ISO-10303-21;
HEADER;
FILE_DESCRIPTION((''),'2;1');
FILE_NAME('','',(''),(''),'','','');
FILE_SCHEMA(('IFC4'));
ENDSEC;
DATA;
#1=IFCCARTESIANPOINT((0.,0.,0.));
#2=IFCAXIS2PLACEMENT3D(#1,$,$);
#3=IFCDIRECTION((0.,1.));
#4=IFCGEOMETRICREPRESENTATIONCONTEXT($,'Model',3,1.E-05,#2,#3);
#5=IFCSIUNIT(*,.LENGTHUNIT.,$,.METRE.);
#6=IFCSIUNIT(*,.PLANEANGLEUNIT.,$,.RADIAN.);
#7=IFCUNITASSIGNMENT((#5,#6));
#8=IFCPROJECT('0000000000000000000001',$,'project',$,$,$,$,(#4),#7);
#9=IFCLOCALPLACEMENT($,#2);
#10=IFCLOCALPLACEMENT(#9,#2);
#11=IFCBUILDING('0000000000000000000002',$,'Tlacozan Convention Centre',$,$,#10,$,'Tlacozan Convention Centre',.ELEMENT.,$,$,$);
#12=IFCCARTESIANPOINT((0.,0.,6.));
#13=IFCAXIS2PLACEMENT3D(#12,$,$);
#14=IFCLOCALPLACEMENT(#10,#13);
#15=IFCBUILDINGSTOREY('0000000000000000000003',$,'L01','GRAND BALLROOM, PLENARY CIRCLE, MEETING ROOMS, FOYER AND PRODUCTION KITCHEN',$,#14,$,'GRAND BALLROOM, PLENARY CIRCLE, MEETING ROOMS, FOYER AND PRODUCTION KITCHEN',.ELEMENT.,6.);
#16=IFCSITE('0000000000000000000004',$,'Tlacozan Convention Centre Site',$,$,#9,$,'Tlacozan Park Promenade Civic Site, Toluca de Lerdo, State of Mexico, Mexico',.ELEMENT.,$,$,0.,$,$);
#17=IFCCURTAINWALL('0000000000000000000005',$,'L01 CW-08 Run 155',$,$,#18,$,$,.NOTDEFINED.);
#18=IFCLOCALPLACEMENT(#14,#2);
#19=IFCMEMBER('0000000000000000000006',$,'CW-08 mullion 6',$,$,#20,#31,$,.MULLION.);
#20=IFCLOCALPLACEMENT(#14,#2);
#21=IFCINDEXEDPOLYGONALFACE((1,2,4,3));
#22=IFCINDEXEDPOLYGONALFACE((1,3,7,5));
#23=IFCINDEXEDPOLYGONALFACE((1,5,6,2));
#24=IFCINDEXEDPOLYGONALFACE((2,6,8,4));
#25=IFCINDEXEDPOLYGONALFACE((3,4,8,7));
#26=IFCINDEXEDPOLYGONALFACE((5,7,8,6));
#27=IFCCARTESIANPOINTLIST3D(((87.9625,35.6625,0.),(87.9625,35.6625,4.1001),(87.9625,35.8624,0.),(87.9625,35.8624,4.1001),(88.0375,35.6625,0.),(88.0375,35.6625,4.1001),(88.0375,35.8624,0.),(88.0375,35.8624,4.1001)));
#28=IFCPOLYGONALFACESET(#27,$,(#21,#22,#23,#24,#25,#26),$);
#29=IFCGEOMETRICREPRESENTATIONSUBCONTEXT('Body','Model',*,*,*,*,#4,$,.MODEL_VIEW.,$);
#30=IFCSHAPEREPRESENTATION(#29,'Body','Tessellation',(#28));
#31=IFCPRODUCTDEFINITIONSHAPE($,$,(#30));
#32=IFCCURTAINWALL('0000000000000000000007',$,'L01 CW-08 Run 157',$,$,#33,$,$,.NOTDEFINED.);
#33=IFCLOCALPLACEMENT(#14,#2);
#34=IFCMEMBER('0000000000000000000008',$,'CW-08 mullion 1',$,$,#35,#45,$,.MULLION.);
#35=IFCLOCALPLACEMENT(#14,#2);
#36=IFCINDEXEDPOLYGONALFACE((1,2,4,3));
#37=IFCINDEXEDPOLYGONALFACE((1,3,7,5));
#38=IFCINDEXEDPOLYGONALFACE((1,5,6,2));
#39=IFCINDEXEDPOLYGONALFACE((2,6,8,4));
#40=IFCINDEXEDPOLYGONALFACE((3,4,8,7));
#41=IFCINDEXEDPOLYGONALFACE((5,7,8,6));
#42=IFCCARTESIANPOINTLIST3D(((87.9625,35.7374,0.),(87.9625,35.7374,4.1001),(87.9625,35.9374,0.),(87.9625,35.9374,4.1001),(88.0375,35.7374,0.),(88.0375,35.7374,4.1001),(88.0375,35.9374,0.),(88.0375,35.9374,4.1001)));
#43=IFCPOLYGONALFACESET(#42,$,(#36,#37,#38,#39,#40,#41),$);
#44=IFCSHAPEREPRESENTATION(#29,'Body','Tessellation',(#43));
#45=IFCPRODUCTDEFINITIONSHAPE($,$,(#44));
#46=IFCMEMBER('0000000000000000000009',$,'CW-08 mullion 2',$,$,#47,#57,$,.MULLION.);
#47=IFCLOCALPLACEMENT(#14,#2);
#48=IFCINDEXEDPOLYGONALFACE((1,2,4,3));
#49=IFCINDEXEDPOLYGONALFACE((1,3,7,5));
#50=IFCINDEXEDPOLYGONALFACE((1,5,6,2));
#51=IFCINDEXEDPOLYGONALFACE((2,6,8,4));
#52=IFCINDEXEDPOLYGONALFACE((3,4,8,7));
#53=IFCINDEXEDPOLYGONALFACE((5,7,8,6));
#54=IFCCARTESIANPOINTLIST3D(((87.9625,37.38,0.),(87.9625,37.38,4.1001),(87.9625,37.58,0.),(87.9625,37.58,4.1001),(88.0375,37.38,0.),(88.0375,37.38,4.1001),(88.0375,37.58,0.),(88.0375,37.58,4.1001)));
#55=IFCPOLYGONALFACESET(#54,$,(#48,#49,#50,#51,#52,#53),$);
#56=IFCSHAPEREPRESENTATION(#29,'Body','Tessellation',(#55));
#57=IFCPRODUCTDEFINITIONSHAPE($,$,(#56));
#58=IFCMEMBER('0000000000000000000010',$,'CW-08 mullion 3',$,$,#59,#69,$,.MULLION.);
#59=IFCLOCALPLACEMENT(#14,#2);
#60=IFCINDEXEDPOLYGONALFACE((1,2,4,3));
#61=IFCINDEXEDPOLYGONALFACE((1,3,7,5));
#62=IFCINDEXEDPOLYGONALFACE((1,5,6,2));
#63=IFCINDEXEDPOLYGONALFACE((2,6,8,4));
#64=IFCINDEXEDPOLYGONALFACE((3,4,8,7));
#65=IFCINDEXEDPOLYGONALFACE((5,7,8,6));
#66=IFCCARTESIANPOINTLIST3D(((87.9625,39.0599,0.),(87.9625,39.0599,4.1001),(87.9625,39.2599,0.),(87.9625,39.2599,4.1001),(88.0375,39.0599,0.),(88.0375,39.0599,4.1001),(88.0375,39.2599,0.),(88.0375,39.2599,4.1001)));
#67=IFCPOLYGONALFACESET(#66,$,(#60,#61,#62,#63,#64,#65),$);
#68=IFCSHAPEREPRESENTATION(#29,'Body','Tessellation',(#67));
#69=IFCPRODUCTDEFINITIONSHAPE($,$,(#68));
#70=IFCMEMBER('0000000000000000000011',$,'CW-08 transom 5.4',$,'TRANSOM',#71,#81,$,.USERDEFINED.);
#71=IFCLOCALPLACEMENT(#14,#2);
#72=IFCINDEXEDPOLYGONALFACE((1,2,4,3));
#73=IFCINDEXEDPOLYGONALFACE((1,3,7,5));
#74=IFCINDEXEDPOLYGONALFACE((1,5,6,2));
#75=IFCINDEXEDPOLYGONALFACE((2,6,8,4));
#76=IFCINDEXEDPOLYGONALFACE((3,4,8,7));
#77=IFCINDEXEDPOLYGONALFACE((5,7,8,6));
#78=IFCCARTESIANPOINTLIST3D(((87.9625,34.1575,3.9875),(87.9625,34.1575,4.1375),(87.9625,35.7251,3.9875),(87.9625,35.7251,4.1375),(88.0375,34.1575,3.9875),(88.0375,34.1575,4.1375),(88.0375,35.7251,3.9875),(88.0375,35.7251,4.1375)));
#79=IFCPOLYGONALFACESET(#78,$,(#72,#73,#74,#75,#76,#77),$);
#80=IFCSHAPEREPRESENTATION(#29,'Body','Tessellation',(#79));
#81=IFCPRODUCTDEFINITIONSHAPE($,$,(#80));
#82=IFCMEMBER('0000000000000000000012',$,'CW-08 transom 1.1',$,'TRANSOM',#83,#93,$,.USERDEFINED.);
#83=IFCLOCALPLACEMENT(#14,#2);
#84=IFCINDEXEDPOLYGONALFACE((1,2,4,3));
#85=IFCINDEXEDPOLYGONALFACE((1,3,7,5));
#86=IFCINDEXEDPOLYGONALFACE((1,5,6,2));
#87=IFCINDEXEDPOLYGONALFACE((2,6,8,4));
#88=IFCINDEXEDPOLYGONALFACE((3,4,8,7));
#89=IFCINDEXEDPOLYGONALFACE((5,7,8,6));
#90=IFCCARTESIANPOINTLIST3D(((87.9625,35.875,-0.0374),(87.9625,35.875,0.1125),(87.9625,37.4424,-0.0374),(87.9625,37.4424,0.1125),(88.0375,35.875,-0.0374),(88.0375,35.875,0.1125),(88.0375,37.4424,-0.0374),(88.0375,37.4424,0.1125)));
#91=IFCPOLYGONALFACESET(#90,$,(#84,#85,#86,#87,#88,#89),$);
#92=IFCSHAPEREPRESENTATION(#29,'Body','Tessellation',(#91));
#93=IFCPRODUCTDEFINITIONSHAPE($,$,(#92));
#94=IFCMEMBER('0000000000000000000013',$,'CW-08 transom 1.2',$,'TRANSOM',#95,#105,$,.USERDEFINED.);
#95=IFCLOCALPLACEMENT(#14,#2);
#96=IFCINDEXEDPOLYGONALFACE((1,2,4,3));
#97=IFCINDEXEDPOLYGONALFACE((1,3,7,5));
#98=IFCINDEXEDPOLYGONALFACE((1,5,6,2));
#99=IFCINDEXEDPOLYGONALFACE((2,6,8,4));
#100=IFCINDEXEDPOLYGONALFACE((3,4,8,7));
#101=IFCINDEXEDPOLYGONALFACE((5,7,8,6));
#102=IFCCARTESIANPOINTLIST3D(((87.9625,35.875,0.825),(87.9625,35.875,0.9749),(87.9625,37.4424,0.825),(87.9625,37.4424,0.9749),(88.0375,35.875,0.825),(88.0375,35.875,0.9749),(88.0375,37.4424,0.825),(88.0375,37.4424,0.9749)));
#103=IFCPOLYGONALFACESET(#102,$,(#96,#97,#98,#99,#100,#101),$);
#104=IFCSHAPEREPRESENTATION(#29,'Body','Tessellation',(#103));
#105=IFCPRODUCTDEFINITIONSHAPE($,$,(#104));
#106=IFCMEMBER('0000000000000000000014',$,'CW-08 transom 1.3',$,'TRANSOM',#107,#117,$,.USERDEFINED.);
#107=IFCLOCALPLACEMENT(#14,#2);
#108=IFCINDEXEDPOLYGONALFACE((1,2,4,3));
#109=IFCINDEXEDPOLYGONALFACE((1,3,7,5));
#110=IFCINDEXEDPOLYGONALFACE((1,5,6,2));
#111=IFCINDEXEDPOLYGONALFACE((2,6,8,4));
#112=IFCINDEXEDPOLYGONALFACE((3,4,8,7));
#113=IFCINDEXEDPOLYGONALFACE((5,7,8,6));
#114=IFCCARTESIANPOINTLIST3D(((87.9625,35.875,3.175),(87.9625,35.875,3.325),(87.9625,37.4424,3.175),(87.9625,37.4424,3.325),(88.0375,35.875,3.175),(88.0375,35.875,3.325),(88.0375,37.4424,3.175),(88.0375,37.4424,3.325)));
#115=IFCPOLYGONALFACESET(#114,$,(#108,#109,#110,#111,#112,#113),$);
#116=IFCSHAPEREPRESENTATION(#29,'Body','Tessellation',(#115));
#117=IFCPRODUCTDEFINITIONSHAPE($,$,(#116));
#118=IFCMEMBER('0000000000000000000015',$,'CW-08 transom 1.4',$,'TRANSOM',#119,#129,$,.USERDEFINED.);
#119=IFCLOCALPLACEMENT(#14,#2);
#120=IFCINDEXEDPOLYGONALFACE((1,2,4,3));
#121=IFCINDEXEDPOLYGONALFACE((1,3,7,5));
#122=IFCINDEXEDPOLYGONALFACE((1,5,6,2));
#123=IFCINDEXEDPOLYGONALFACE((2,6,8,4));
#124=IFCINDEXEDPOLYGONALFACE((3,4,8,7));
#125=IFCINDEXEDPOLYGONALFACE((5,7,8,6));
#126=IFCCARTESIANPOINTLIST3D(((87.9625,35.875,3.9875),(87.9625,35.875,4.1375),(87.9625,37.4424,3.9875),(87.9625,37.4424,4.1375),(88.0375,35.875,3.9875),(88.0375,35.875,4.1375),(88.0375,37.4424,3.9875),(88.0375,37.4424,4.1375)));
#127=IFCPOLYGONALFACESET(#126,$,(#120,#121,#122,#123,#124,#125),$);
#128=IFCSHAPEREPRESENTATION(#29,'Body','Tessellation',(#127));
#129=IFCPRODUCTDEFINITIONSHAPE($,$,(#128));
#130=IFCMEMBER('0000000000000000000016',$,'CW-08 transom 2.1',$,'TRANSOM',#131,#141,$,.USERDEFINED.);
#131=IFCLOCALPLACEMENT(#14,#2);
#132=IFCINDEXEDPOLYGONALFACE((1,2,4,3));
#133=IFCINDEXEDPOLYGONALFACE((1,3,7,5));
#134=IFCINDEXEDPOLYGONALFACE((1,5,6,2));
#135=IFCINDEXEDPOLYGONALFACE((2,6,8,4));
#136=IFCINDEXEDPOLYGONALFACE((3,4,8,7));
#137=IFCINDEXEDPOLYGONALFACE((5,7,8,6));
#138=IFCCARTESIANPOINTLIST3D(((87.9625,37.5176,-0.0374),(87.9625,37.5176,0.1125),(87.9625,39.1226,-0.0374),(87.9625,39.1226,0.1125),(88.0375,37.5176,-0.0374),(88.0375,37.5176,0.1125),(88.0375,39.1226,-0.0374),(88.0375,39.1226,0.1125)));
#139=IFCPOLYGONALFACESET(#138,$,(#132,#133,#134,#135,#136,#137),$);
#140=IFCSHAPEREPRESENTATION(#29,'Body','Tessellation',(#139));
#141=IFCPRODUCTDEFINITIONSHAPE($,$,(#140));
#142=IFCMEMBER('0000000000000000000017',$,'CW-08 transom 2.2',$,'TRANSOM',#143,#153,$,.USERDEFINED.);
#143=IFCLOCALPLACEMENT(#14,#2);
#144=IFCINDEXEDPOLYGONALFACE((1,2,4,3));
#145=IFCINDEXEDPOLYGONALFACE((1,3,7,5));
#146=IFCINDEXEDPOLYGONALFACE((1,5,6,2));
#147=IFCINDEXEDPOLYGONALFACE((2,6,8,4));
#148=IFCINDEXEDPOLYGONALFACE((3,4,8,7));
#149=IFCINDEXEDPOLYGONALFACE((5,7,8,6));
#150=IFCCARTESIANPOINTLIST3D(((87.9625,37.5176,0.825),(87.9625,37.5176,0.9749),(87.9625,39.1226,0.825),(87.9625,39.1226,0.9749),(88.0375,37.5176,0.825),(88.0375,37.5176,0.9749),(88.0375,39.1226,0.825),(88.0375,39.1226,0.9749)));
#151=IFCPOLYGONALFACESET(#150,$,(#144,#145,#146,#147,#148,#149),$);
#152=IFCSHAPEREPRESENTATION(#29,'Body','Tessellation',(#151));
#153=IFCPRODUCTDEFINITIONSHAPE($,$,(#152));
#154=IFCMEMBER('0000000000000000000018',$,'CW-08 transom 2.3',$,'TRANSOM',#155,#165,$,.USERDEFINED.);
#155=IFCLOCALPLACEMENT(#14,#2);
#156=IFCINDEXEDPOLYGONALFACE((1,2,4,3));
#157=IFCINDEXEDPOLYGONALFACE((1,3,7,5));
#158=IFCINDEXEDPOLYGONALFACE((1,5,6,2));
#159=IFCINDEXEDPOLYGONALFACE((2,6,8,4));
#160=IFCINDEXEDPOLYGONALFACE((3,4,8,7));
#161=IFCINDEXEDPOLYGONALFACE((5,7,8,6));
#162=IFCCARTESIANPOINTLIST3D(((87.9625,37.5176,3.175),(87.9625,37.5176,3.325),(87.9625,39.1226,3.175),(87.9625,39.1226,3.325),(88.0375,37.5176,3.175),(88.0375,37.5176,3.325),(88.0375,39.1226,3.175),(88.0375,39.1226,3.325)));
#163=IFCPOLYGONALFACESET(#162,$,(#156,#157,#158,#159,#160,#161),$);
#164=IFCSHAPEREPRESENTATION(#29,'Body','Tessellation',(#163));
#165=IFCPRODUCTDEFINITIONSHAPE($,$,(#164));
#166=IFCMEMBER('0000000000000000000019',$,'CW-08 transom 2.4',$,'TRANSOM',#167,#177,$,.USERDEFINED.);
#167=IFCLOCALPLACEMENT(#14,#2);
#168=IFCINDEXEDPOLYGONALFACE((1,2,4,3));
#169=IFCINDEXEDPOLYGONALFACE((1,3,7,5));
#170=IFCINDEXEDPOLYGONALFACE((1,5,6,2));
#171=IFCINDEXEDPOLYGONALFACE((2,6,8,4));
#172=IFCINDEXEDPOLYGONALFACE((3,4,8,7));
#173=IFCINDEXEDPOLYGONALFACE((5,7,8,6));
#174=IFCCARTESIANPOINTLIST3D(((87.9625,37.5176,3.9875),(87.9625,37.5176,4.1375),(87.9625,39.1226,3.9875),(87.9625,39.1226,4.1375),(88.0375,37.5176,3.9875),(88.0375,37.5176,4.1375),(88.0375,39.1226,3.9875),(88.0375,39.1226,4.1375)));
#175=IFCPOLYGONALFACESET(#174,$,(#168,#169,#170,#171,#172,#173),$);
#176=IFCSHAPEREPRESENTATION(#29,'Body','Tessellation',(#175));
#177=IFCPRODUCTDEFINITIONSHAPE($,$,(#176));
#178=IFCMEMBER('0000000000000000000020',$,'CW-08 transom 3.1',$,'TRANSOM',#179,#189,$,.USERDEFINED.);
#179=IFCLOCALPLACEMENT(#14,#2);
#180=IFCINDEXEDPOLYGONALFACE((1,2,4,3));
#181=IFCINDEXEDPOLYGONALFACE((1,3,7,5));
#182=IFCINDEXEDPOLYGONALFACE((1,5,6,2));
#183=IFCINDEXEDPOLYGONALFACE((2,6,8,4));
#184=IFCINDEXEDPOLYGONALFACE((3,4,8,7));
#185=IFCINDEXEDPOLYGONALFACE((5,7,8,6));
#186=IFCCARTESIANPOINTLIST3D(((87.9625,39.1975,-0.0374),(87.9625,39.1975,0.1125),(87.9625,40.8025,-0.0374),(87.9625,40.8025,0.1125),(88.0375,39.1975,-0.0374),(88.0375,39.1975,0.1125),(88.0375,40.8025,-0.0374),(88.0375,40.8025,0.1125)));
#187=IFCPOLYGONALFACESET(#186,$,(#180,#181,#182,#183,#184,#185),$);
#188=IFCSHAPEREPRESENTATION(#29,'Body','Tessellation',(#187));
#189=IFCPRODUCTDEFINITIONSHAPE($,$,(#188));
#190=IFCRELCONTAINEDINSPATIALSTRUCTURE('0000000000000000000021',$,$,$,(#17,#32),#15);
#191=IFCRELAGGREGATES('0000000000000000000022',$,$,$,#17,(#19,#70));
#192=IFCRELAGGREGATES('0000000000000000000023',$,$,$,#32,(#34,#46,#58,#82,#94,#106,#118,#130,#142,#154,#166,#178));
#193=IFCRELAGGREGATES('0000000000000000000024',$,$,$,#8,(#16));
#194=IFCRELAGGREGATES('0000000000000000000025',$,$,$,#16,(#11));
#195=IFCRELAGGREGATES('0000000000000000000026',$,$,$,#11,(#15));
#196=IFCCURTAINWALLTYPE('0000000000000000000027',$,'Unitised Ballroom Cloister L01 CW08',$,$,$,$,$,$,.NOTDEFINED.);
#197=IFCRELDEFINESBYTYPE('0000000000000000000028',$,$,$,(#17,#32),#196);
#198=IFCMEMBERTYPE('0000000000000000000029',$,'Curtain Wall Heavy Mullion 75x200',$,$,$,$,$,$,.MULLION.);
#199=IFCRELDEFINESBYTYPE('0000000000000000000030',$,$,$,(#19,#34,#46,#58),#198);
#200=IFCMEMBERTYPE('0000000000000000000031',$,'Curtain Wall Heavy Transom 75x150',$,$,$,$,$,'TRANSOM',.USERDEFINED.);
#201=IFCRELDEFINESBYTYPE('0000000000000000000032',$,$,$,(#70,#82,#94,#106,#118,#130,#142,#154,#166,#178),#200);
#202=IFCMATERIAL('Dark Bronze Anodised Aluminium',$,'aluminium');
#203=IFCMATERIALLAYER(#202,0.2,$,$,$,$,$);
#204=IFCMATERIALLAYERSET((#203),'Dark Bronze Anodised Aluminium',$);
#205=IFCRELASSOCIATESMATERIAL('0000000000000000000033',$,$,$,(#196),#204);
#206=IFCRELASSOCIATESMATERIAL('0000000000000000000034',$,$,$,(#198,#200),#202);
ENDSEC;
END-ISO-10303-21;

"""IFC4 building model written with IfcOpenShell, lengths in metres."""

from ifc_helpers import new_model, si_unit, direction, frame, origin, origin_2d, place, context, subcontext, project, spatial, rectangle, extrude, material, layer, layer_set, material_profile, profile_set, type_object, element, aggregate, save


model = new_model("IFC4")

# Units and contexts
model_context = context("Model", 3, precision=1e-05, world=origin(), true_north=direction((0.0, 1.0)))
body_context = subcontext(model_context, "Body", "Model", "MODEL_VIEW")
ifc_project = project(units=[si_unit("LENGTHUNIT", "METRE"), si_unit("PLANEANGLEUNIT", "RADIAN")], contexts=[model_context])

# Site, building, storey
site_placement = place(None, origin())
site = spatial("IfcSite", under=ifc_project, at=site_placement, Name="Tlacozan Convention Centre Site", LongName="Tlacozan Park Promenade Civic Site, Toluca de Lerdo, State of Mexico, Mexico", CompositionType="ELEMENT", RefElevation=0.0)
building_placement = place(site_placement, origin())
building = spatial("IfcBuilding", under=site, at=building_placement, Name="Tlacozan Convention Centre", LongName="Tlacozan Convention Centre", CompositionType="ELEMENT")
storey_placement = place(building_placement, frame((0.0, 0.0, 6.0)))
storey = spatial("IfcBuildingStorey", under=building, at=storey_placement, Name="L01", Description="GRAND BALLROOM, PLENARY CIRCLE, MEETING ROOMS, FOYER AND PRODUCTION KITCHEN", LongName="GRAND BALLROOM, PLENARY CIRCLE, MEETING ROOMS, FOYER AND PRODUCTION KITCHEN", CompositionType="ELEMENT", Elevation=6.0)

# Curtain wall, member
ifc_material_1 = material(Name="Dark Bronze Anodised Aluminium", Category="aluminium")
ifc_layer_1 = layer(ifc_material_1, 0.2)
ifc_layer_set_1 = layer_set([ifc_layer_1], Name="Dark Bronze Anodised Aluminium")
curtain_wall_type = type_object("IfcCurtainWallType", Name="Unitised Ballroom Cloister L01 CW08", PredefinedType="NOTDEFINED", material=ifc_layer_set_1)
curtain_wall_1_placement = place(storey_placement, origin())
curtain_wall_1 = element("IfcCurtainWall", 1, at=curtain_wall_1_placement, inside=storey, type_object=curtain_wall_type, Name="L01 CW-08 Run 155", PredefinedType="NOTDEFINED")
ifc_material_profile_1 = material_profile(ifc_material_1, rectangle(XDim=0.075, YDim=0.2, at=origin_2d()), Name="ALU 75x200")
ifc_profile_set_1 = profile_set([ifc_material_profile_1], Name="Dark Bronze Anodised Aluminium")
member_type_1 = type_object("IfcMemberType", Name="Curtain Wall Heavy Mullion 75x200", PredefinedType="MULLION", material=ifc_profile_set_1)
member_1_placement = place(storey_placement, frame((88.0, 35.7625, 0.0), z_axis=(0.0, 0.0, 1.0), x_axis=(-1.0, 0.0, 0.0)))
member_1 = element("IfcMember", 2, at=member_1_placement, type_object=member_type_1, Name="CW-08 mullion 6", PredefinedType="MULLION", context=body_context, shape_type="SweptSolid", body=[
    extrude(rectangle(XDim=0.075, YDim=0.2, at=origin_2d()), origin(), (0.0, 0.0, 1.0), 4.1001),
])

# Curtain wall, members
curtain_wall_2_placement = place(storey_placement, origin())
curtain_wall_2 = element("IfcCurtainWall", 3, at=curtain_wall_2_placement, inside=storey, type_object=curtain_wall_type, Name="L01 CW-08 Run 157", PredefinedType="NOTDEFINED")
member_2_placement = place(storey_placement, frame((88.0, 35.8374, 0.0), z_axis=(0.0, 0.0, 1.0), x_axis=(-1.0, 0.0, 0.0)))
member_2 = element("IfcMember", 4, at=member_2_placement, type_object=member_type_1, Name="CW-08 mullion 1", PredefinedType="MULLION", context=body_context, shape_type="SweptSolid", body=[
    extrude(rectangle(XDim=0.075, YDim=0.2, at=origin_2d()), origin(), (0.0, 0.0, 1.0), 4.1001),
])
member_3_placement = place(storey_placement, frame((88.0, 37.48, 0.0), z_axis=(0.0, 0.0, 1.0), x_axis=(-1.0, 0.0, 0.0)))
member_3 = element("IfcMember", 5, at=member_3_placement, type_object=member_type_1, Name="CW-08 mullion 2", PredefinedType="MULLION", context=body_context, shape_type="SweptSolid", body=[
    extrude(rectangle(XDim=0.075, YDim=0.2, at=origin_2d()), origin(), (0.0, 0.0, 1.0), 4.1001),
])
member_4_placement = place(storey_placement, frame((88.0, 39.1599, 0.0), z_axis=(0.0, 0.0, 1.0), x_axis=(-1.0, 0.0, 0.0)))
member_4 = element("IfcMember", 6, at=member_4_placement, type_object=member_type_1, Name="CW-08 mullion 3", PredefinedType="MULLION", context=body_context, shape_type="SweptSolid", body=[
    extrude(rectangle(XDim=0.075, YDim=0.2, at=origin_2d()), origin(), (0.0, 0.0, 1.0), 4.1001),
])

# Members
ifc_material_profile_2 = material_profile(ifc_material_1, rectangle(XDim=0.075, YDim=0.1499, at=origin_2d()), Name="ALU 75x150")
ifc_profile_set_2 = profile_set([ifc_material_profile_2], Name="Dark Bronze Anodised Aluminium")
member_type_2 = type_object("IfcMemberType", Name="Curtain Wall Heavy Transom 75x150", ElementType="TRANSOM", PredefinedType="USERDEFINED", material=ifc_profile_set_2)
member_5_placement = place(storey_placement, frame((88.0, 34.1575, 4.0625), z_axis=(0.0, 1.0, 0.0), x_axis=(-1.0, 0.0, 0.0)))
member_5 = element("IfcMember", 7, at=member_5_placement, type_object=member_type_2, Name="CW-08 transom 5.4", ObjectType="TRANSOM", PredefinedType="USERDEFINED", context=body_context, shape_type="SweptSolid", body=[
    extrude(rectangle(XDim=0.075, YDim=0.1499, at=origin_2d()), origin(), (0.0, 0.0, 1.0), 1.5676),
])
member_6_placement = place(storey_placement, frame((88.0, 35.875, 0.0376), z_axis=(0.0, 1.0, 0.0), x_axis=(-1.0, 0.0, 0.0)))
member_6 = element("IfcMember", 8, at=member_6_placement, type_object=member_type_2, Name="CW-08 transom 1.1", ObjectType="TRANSOM", PredefinedType="USERDEFINED", context=body_context, shape_type="SweptSolid", body=[
    extrude(rectangle(XDim=0.075, YDim=0.1499, at=origin_2d()), origin(), (0.0, 0.0, 1.0), 1.5674),
])
member_7_placement = place(storey_placement, frame((88.0, 35.875, 0.8999), z_axis=(0.0, 1.0, 0.0), x_axis=(-1.0, 0.0, 0.0)))
member_7 = element("IfcMember", 9, at=member_7_placement, type_object=member_type_2, Name="CW-08 transom 1.2", ObjectType="TRANSOM", PredefinedType="USERDEFINED", context=body_context, shape_type="SweptSolid", body=[
    extrude(rectangle(XDim=0.075, YDim=0.1499, at=origin_2d()), origin(), (0.0, 0.0, 1.0), 1.5674),
])
member_8_placement = place(storey_placement, frame((88.0, 35.875, 3.25), z_axis=(0.0, 1.0, 0.0), x_axis=(-1.0, 0.0, 0.0)))
member_8 = element("IfcMember", 10, at=member_8_placement, type_object=member_type_2, Name="CW-08 transom 1.3", ObjectType="TRANSOM", PredefinedType="USERDEFINED", context=body_context, shape_type="SweptSolid", body=[
    extrude(rectangle(XDim=0.075, YDim=0.1499, at=origin_2d()), origin(), (0.0, 0.0, 1.0), 1.5674),
])
member_9_placement = place(storey_placement, frame((88.0, 35.875, 4.0625), z_axis=(0.0, 1.0, 0.0), x_axis=(-1.0, 0.0, 0.0)))
member_9 = element("IfcMember", 11, at=member_9_placement, type_object=member_type_2, Name="CW-08 transom 1.4", ObjectType="TRANSOM", PredefinedType="USERDEFINED", context=body_context, shape_type="SweptSolid", body=[
    extrude(rectangle(XDim=0.075, YDim=0.1499, at=origin_2d()), origin(), (0.0, 0.0, 1.0), 1.5674),
])
member_10_placement = place(storey_placement, frame((88.0, 37.5176, 0.0376), z_axis=(0.0, 1.0, 0.0), x_axis=(-1.0, 0.0, 0.0)))
member_10 = element("IfcMember", 12, at=member_10_placement, type_object=member_type_2, Name="CW-08 transom 2.1", ObjectType="TRANSOM", PredefinedType="USERDEFINED", context=body_context, shape_type="SweptSolid", body=[
    extrude(rectangle(XDim=0.075, YDim=0.1499, at=origin_2d()), origin(), (0.0, 0.0, 1.0), 1.605),
])
member_11_placement = place(storey_placement, frame((88.0, 37.5176, 0.8999), z_axis=(0.0, 1.0, 0.0), x_axis=(-1.0, 0.0, 0.0)))
member_11 = element("IfcMember", 13, at=member_11_placement, type_object=member_type_2, Name="CW-08 transom 2.2", ObjectType="TRANSOM", PredefinedType="USERDEFINED", context=body_context, shape_type="SweptSolid", body=[
    extrude(rectangle(XDim=0.075, YDim=0.1499, at=origin_2d()), origin(), (0.0, 0.0, 1.0), 1.605),
])
member_12_placement = place(storey_placement, frame((88.0, 37.5176, 3.25), z_axis=(0.0, 1.0, 0.0), x_axis=(-1.0, 0.0, 0.0)))
member_12 = element("IfcMember", 14, at=member_12_placement, type_object=member_type_2, Name="CW-08 transom 2.3", ObjectType="TRANSOM", PredefinedType="USERDEFINED", context=body_context, shape_type="SweptSolid", body=[
    extrude(rectangle(XDim=0.075, YDim=0.1499, at=origin_2d()), origin(), (0.0, 0.0, 1.0), 1.605),
])
member_13_placement = place(storey_placement, frame((88.0, 37.5176, 4.0625), z_axis=(0.0, 1.0, 0.0), x_axis=(-1.0, 0.0, 0.0)))
member_13 = element("IfcMember", 15, at=member_13_placement, type_object=member_type_2, Name="CW-08 transom 2.4", ObjectType="TRANSOM", PredefinedType="USERDEFINED", context=body_context, shape_type="SweptSolid", body=[
    extrude(rectangle(XDim=0.075, YDim=0.1499, at=origin_2d()), origin(), (0.0, 0.0, 1.0), 1.605),
])
member_14_placement = place(storey_placement, frame((88.0, 39.1975, 0.0376), z_axis=(0.0, 1.0, 0.0), x_axis=(-1.0, 0.0, 0.0)))
member_14 = element("IfcMember", 16, at=member_14_placement, type_object=member_type_2, Name="CW-08 transom 3.1", ObjectType="TRANSOM", PredefinedType="USERDEFINED", context=body_context, shape_type="SweptSolid", body=[
    extrude(rectangle(XDim=0.075, YDim=0.1499, at=origin_2d()), origin(), (0.0, 0.0, 1.0), 1.605),
])

aggregate(curtain_wall_1, [member_1, member_5])
aggregate(curtain_wall_2, [member_2, member_3, member_4, member_6, member_7, member_8, member_9, member_10, member_11, member_12, member_13, member_14])

save(model, "model.ifc")
